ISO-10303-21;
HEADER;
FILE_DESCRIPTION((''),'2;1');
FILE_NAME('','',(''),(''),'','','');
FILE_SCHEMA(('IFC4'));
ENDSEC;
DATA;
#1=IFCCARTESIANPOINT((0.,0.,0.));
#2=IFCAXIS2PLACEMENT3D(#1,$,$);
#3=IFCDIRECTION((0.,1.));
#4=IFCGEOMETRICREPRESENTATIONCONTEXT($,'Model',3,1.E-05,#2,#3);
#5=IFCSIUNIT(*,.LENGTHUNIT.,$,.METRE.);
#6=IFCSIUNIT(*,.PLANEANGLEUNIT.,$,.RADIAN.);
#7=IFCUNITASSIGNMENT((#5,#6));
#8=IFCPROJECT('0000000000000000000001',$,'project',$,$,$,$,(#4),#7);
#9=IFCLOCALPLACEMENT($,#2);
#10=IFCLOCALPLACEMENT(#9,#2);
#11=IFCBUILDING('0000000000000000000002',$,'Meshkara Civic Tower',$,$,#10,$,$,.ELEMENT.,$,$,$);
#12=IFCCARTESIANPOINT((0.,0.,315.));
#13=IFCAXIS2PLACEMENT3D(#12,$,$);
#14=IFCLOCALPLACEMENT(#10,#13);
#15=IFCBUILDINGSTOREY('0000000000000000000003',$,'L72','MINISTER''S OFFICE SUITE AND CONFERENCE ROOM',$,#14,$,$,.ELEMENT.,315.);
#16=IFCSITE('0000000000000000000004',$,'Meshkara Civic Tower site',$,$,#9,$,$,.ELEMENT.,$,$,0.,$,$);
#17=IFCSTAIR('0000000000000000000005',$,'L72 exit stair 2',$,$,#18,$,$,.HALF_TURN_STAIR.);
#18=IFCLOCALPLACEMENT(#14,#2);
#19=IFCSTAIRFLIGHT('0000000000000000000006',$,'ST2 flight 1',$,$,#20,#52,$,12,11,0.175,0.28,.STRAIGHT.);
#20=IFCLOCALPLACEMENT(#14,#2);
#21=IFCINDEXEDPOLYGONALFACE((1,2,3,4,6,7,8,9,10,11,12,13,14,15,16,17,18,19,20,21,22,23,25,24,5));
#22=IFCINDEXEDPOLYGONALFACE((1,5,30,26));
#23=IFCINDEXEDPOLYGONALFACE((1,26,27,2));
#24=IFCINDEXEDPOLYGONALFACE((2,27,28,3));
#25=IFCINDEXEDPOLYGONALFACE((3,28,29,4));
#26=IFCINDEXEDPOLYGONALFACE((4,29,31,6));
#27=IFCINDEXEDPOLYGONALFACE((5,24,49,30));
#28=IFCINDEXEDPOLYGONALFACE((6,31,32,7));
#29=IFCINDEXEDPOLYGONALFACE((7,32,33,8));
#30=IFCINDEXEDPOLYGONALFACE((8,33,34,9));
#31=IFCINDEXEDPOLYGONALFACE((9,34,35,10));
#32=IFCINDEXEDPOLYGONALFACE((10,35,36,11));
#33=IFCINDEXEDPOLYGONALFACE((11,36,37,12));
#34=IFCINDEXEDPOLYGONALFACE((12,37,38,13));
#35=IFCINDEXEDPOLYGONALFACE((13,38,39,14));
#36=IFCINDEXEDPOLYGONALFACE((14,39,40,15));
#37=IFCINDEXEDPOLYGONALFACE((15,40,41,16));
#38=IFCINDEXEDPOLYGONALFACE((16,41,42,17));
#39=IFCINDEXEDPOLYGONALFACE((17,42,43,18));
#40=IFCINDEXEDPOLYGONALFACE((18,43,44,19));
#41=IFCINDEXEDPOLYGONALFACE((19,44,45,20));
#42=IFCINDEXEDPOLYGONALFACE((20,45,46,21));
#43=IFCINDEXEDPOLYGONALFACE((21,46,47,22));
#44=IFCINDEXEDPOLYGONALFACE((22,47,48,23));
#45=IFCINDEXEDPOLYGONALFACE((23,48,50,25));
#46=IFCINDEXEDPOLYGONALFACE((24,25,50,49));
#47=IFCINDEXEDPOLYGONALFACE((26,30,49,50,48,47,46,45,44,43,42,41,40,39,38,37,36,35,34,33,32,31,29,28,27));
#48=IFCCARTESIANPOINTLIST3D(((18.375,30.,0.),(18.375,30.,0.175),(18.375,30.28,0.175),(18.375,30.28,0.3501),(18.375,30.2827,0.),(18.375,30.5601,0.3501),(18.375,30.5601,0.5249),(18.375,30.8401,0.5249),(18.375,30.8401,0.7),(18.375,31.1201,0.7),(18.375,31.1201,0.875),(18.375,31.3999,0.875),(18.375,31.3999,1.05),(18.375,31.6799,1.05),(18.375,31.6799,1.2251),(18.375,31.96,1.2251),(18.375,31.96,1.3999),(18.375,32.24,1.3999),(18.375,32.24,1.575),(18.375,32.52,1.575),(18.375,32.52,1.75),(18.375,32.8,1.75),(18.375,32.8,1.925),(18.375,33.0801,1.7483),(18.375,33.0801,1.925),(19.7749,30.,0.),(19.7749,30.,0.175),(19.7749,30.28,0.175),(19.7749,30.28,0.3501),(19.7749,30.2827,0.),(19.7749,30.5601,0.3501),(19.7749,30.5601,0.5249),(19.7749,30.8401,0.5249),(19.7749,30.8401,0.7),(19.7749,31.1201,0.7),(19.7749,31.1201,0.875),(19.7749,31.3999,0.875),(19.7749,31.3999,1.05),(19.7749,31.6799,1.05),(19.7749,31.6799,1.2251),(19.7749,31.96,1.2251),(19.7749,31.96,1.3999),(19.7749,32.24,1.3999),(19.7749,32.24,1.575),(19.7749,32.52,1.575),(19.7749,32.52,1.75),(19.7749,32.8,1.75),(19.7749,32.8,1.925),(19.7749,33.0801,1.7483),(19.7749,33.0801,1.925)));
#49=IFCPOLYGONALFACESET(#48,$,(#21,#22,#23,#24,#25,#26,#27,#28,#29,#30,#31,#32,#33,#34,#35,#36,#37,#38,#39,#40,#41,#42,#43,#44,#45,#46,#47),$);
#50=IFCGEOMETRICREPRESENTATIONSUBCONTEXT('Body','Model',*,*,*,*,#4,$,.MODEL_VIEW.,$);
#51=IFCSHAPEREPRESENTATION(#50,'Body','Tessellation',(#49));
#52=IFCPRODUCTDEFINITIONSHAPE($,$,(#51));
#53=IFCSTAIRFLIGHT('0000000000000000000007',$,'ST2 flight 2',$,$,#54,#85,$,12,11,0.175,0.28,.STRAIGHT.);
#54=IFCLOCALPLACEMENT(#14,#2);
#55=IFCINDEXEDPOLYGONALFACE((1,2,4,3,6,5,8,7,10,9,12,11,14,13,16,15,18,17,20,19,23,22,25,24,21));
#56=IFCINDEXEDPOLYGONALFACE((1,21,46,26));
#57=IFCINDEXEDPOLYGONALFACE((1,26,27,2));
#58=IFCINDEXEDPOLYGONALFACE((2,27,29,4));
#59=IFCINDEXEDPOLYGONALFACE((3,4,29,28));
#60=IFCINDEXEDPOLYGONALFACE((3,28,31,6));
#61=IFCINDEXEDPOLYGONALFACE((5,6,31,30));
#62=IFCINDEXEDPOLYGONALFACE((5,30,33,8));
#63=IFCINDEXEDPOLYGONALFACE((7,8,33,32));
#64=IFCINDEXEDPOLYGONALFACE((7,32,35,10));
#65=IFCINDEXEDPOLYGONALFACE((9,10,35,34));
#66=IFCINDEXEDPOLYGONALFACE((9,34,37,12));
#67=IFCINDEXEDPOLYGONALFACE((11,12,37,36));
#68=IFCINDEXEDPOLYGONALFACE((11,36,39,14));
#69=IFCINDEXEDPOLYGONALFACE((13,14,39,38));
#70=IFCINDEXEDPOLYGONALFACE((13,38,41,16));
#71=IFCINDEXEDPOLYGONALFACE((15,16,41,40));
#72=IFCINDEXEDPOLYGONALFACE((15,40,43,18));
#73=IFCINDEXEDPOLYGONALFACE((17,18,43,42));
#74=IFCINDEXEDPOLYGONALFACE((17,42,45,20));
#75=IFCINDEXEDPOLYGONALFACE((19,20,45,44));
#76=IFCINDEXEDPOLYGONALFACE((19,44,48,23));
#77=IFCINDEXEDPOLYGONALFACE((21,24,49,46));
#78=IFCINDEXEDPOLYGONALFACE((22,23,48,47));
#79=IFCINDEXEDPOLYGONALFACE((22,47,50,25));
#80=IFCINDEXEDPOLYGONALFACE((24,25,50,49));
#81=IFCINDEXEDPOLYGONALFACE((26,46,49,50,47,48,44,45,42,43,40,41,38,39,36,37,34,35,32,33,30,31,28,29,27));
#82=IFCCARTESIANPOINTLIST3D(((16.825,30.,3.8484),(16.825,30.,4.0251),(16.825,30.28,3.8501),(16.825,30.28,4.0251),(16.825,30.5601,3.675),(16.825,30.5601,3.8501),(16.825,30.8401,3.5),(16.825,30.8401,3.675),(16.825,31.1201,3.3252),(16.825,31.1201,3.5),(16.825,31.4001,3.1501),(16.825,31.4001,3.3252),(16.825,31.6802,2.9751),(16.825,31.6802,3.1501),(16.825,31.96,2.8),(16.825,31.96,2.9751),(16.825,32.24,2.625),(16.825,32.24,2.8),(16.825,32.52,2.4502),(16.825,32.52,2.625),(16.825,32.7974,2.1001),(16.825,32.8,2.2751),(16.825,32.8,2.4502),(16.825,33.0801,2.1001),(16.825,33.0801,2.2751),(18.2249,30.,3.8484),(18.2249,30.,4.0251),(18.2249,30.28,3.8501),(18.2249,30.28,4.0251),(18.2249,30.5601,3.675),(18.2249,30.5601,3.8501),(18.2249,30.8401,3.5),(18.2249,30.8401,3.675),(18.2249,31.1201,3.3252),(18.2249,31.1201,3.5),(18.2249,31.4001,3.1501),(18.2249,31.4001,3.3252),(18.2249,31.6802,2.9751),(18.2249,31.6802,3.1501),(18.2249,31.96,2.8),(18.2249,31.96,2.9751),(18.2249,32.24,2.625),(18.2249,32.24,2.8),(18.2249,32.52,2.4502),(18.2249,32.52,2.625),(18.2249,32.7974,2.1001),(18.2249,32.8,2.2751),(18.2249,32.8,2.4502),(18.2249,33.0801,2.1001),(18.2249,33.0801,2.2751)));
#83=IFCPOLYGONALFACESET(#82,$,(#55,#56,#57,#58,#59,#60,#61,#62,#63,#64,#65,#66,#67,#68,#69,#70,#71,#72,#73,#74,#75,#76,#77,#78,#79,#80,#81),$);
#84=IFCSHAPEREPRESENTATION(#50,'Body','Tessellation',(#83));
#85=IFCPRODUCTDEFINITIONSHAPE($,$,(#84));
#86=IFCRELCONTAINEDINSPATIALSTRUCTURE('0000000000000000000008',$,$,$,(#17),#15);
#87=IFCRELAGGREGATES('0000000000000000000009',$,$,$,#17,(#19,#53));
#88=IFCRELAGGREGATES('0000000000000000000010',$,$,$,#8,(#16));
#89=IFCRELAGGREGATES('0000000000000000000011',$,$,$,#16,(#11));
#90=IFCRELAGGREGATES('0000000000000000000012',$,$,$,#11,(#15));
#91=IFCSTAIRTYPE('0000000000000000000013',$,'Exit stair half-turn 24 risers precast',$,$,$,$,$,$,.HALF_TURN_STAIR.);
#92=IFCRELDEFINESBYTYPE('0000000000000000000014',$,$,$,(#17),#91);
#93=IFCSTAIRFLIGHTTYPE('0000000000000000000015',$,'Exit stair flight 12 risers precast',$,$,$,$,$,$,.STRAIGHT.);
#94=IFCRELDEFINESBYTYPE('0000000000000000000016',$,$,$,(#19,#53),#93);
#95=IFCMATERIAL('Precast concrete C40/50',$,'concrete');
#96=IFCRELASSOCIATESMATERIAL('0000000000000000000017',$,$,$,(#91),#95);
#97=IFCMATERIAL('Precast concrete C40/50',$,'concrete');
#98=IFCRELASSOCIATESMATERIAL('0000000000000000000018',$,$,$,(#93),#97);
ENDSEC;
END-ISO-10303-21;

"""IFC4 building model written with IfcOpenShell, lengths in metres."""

from ifc_helpers import new_model, si_unit, direction, frame, origin, place, context, subcontext, project, spatial, polyline, outline, extrude, material, type_object, element, aggregate, save


model = new_model("IFC4")

# Units and contexts
model_context = context("Model", 3, precision=1e-05, world=origin(), true_north=direction((0.0, 1.0)))
body_context = subcontext(model_context, "Body", "Model", "MODEL_VIEW")
ifc_project = project(units=[si_unit("LENGTHUNIT", "METRE"), si_unit("PLANEANGLEUNIT", "RADIAN")], contexts=[model_context])

# Site, building, storey
site_placement = place(None, origin())
site = spatial("IfcSite", under=ifc_project, at=site_placement, Name="Meshkara Civic Tower site", CompositionType="ELEMENT", RefElevation=0.0)
building_placement = place(site_placement, origin())
building = spatial("IfcBuilding", under=site, at=building_placement, Name="Meshkara Civic Tower", CompositionType="ELEMENT")
storey_placement = place(building_placement, frame((0.0, 0.0, 315.0)))
storey = spatial("IfcBuildingStorey", under=building, at=storey_placement, Name="L72", Description="MINISTER'S OFFICE SUITE AND CONFERENCE ROOM", CompositionType="ELEMENT", Elevation=315.0)

# Stair, stair flights
ifc_material_1 = material(Name="Precast concrete C40/50", Category="concrete")
stair_type = type_object("IfcStairType", Name="Exit stair half-turn 24 risers precast", PredefinedType="HALF_TURN_STAIR", material=ifc_material_1)
stair_placement = place(storey_placement, origin())
stair = element("IfcStair", 1, at=stair_placement, inside=storey, type_object=stair_type, Name="L72 exit stair 2", PredefinedType="HALF_TURN_STAIR")
ifc_material_2 = material(Name="Precast concrete C40/50", Category="concrete")
stair_flight_type = type_object("IfcStairFlightType", Name="Exit stair flight 12 risers precast", PredefinedType="STRAIGHT", material=ifc_material_2)
stair_flight_1_placement = place(storey_placement, frame((19.075, 30.0, 0.0), z_axis=(0.0, 0.0, 1.0), x_axis=(0.0, 1.0, 0.0)))
stair_flight_1 = element("IfcStairFlight", 2, at=stair_flight_1_placement, type_object=stair_flight_type, Name="ST2 flight 1", NumberOfRisers=12, NumberOfTreads=11, PredefinedType="STRAIGHT", RiserHeight=0.175, TreadLength=0.28, context=body_context, shape_type="SweptSolid", body=[
    extrude(outline(polyline([(0.0, 0.0), (0.0, 0.175), (0.28, 0.175), (0.28, 0.3501), (0.5601, 0.3501), (0.5601, 0.5249), (0.8401, 0.5249), (0.8401, 0.7), (1.1201, 0.7), (1.1201, 0.875), (1.3999, 0.875), (1.3999, 1.05), (1.6799, 1.05), (1.6799, 1.2251), (1.96, 1.2251), (1.96, 1.3999), (2.24, 1.3999), (2.24, 1.575), (2.52, 1.575), (2.52, 1.75), (2.8, 1.75), (2.8, 1.925), (3.0801, 1.925), (3.0801, 2.1001), (3.0801, 1.7483), (0.2827, 0.0), (0.0, 0.0)])), frame((0.0, 0.7, 0.0), z_axis=(0.0, -1.0, 0.0), x_axis=(1.0, 0.0, 0.0)), (0.0, 0.0, 1.0), 1.3999),
])
stair_flight_2_placement = place(storey_placement, frame((17.5249, 33.0801, 2.1001), z_axis=(0.0, 0.0, 1.0), x_axis=(0.0, -1.0, 0.0)))
stair_flight_2 = element("IfcStairFlight", 3, at=stair_flight_2_placement, type_object=stair_flight_type, Name="ST2 flight 2", NumberOfRisers=12, NumberOfTreads=11, PredefinedType="STRAIGHT", RiserHeight=0.175, TreadLength=0.28, context=body_context, shape_type="SweptSolid", body=[
    extrude(outline(polyline([(0.0, 0.0), (0.0, 0.175), (0.28, 0.175), (0.28, 0.3501), (0.5601, 0.3501), (0.5601, 0.5249), (0.8401, 0.5249), (0.8401, 0.7), (1.1201, 0.7), (1.1201, 0.875), (1.3999, 0.875), (1.3999, 1.05), (1.6799, 1.05), (1.6799, 1.2251), (1.96, 1.2251), (1.96, 1.3999), (2.24, 1.3999), (2.24, 1.575), (2.52, 1.575), (2.52, 1.75), (2.8, 1.75), (2.8, 1.925), (3.0801, 1.925), (3.0801, 2.1001), (3.0801, 1.7483), (0.2827, 0.0), (0.0, 0.0)])), frame((0.0, 0.7, 0.0), z_axis=(0.0, -1.0, 0.0), x_axis=(1.0, 0.0, 0.0)), (0.0, 0.0, 1.0), 1.3999),
])
aggregate(stair, [stair_flight_1, stair_flight_2])

save(model, "model.ifc")
